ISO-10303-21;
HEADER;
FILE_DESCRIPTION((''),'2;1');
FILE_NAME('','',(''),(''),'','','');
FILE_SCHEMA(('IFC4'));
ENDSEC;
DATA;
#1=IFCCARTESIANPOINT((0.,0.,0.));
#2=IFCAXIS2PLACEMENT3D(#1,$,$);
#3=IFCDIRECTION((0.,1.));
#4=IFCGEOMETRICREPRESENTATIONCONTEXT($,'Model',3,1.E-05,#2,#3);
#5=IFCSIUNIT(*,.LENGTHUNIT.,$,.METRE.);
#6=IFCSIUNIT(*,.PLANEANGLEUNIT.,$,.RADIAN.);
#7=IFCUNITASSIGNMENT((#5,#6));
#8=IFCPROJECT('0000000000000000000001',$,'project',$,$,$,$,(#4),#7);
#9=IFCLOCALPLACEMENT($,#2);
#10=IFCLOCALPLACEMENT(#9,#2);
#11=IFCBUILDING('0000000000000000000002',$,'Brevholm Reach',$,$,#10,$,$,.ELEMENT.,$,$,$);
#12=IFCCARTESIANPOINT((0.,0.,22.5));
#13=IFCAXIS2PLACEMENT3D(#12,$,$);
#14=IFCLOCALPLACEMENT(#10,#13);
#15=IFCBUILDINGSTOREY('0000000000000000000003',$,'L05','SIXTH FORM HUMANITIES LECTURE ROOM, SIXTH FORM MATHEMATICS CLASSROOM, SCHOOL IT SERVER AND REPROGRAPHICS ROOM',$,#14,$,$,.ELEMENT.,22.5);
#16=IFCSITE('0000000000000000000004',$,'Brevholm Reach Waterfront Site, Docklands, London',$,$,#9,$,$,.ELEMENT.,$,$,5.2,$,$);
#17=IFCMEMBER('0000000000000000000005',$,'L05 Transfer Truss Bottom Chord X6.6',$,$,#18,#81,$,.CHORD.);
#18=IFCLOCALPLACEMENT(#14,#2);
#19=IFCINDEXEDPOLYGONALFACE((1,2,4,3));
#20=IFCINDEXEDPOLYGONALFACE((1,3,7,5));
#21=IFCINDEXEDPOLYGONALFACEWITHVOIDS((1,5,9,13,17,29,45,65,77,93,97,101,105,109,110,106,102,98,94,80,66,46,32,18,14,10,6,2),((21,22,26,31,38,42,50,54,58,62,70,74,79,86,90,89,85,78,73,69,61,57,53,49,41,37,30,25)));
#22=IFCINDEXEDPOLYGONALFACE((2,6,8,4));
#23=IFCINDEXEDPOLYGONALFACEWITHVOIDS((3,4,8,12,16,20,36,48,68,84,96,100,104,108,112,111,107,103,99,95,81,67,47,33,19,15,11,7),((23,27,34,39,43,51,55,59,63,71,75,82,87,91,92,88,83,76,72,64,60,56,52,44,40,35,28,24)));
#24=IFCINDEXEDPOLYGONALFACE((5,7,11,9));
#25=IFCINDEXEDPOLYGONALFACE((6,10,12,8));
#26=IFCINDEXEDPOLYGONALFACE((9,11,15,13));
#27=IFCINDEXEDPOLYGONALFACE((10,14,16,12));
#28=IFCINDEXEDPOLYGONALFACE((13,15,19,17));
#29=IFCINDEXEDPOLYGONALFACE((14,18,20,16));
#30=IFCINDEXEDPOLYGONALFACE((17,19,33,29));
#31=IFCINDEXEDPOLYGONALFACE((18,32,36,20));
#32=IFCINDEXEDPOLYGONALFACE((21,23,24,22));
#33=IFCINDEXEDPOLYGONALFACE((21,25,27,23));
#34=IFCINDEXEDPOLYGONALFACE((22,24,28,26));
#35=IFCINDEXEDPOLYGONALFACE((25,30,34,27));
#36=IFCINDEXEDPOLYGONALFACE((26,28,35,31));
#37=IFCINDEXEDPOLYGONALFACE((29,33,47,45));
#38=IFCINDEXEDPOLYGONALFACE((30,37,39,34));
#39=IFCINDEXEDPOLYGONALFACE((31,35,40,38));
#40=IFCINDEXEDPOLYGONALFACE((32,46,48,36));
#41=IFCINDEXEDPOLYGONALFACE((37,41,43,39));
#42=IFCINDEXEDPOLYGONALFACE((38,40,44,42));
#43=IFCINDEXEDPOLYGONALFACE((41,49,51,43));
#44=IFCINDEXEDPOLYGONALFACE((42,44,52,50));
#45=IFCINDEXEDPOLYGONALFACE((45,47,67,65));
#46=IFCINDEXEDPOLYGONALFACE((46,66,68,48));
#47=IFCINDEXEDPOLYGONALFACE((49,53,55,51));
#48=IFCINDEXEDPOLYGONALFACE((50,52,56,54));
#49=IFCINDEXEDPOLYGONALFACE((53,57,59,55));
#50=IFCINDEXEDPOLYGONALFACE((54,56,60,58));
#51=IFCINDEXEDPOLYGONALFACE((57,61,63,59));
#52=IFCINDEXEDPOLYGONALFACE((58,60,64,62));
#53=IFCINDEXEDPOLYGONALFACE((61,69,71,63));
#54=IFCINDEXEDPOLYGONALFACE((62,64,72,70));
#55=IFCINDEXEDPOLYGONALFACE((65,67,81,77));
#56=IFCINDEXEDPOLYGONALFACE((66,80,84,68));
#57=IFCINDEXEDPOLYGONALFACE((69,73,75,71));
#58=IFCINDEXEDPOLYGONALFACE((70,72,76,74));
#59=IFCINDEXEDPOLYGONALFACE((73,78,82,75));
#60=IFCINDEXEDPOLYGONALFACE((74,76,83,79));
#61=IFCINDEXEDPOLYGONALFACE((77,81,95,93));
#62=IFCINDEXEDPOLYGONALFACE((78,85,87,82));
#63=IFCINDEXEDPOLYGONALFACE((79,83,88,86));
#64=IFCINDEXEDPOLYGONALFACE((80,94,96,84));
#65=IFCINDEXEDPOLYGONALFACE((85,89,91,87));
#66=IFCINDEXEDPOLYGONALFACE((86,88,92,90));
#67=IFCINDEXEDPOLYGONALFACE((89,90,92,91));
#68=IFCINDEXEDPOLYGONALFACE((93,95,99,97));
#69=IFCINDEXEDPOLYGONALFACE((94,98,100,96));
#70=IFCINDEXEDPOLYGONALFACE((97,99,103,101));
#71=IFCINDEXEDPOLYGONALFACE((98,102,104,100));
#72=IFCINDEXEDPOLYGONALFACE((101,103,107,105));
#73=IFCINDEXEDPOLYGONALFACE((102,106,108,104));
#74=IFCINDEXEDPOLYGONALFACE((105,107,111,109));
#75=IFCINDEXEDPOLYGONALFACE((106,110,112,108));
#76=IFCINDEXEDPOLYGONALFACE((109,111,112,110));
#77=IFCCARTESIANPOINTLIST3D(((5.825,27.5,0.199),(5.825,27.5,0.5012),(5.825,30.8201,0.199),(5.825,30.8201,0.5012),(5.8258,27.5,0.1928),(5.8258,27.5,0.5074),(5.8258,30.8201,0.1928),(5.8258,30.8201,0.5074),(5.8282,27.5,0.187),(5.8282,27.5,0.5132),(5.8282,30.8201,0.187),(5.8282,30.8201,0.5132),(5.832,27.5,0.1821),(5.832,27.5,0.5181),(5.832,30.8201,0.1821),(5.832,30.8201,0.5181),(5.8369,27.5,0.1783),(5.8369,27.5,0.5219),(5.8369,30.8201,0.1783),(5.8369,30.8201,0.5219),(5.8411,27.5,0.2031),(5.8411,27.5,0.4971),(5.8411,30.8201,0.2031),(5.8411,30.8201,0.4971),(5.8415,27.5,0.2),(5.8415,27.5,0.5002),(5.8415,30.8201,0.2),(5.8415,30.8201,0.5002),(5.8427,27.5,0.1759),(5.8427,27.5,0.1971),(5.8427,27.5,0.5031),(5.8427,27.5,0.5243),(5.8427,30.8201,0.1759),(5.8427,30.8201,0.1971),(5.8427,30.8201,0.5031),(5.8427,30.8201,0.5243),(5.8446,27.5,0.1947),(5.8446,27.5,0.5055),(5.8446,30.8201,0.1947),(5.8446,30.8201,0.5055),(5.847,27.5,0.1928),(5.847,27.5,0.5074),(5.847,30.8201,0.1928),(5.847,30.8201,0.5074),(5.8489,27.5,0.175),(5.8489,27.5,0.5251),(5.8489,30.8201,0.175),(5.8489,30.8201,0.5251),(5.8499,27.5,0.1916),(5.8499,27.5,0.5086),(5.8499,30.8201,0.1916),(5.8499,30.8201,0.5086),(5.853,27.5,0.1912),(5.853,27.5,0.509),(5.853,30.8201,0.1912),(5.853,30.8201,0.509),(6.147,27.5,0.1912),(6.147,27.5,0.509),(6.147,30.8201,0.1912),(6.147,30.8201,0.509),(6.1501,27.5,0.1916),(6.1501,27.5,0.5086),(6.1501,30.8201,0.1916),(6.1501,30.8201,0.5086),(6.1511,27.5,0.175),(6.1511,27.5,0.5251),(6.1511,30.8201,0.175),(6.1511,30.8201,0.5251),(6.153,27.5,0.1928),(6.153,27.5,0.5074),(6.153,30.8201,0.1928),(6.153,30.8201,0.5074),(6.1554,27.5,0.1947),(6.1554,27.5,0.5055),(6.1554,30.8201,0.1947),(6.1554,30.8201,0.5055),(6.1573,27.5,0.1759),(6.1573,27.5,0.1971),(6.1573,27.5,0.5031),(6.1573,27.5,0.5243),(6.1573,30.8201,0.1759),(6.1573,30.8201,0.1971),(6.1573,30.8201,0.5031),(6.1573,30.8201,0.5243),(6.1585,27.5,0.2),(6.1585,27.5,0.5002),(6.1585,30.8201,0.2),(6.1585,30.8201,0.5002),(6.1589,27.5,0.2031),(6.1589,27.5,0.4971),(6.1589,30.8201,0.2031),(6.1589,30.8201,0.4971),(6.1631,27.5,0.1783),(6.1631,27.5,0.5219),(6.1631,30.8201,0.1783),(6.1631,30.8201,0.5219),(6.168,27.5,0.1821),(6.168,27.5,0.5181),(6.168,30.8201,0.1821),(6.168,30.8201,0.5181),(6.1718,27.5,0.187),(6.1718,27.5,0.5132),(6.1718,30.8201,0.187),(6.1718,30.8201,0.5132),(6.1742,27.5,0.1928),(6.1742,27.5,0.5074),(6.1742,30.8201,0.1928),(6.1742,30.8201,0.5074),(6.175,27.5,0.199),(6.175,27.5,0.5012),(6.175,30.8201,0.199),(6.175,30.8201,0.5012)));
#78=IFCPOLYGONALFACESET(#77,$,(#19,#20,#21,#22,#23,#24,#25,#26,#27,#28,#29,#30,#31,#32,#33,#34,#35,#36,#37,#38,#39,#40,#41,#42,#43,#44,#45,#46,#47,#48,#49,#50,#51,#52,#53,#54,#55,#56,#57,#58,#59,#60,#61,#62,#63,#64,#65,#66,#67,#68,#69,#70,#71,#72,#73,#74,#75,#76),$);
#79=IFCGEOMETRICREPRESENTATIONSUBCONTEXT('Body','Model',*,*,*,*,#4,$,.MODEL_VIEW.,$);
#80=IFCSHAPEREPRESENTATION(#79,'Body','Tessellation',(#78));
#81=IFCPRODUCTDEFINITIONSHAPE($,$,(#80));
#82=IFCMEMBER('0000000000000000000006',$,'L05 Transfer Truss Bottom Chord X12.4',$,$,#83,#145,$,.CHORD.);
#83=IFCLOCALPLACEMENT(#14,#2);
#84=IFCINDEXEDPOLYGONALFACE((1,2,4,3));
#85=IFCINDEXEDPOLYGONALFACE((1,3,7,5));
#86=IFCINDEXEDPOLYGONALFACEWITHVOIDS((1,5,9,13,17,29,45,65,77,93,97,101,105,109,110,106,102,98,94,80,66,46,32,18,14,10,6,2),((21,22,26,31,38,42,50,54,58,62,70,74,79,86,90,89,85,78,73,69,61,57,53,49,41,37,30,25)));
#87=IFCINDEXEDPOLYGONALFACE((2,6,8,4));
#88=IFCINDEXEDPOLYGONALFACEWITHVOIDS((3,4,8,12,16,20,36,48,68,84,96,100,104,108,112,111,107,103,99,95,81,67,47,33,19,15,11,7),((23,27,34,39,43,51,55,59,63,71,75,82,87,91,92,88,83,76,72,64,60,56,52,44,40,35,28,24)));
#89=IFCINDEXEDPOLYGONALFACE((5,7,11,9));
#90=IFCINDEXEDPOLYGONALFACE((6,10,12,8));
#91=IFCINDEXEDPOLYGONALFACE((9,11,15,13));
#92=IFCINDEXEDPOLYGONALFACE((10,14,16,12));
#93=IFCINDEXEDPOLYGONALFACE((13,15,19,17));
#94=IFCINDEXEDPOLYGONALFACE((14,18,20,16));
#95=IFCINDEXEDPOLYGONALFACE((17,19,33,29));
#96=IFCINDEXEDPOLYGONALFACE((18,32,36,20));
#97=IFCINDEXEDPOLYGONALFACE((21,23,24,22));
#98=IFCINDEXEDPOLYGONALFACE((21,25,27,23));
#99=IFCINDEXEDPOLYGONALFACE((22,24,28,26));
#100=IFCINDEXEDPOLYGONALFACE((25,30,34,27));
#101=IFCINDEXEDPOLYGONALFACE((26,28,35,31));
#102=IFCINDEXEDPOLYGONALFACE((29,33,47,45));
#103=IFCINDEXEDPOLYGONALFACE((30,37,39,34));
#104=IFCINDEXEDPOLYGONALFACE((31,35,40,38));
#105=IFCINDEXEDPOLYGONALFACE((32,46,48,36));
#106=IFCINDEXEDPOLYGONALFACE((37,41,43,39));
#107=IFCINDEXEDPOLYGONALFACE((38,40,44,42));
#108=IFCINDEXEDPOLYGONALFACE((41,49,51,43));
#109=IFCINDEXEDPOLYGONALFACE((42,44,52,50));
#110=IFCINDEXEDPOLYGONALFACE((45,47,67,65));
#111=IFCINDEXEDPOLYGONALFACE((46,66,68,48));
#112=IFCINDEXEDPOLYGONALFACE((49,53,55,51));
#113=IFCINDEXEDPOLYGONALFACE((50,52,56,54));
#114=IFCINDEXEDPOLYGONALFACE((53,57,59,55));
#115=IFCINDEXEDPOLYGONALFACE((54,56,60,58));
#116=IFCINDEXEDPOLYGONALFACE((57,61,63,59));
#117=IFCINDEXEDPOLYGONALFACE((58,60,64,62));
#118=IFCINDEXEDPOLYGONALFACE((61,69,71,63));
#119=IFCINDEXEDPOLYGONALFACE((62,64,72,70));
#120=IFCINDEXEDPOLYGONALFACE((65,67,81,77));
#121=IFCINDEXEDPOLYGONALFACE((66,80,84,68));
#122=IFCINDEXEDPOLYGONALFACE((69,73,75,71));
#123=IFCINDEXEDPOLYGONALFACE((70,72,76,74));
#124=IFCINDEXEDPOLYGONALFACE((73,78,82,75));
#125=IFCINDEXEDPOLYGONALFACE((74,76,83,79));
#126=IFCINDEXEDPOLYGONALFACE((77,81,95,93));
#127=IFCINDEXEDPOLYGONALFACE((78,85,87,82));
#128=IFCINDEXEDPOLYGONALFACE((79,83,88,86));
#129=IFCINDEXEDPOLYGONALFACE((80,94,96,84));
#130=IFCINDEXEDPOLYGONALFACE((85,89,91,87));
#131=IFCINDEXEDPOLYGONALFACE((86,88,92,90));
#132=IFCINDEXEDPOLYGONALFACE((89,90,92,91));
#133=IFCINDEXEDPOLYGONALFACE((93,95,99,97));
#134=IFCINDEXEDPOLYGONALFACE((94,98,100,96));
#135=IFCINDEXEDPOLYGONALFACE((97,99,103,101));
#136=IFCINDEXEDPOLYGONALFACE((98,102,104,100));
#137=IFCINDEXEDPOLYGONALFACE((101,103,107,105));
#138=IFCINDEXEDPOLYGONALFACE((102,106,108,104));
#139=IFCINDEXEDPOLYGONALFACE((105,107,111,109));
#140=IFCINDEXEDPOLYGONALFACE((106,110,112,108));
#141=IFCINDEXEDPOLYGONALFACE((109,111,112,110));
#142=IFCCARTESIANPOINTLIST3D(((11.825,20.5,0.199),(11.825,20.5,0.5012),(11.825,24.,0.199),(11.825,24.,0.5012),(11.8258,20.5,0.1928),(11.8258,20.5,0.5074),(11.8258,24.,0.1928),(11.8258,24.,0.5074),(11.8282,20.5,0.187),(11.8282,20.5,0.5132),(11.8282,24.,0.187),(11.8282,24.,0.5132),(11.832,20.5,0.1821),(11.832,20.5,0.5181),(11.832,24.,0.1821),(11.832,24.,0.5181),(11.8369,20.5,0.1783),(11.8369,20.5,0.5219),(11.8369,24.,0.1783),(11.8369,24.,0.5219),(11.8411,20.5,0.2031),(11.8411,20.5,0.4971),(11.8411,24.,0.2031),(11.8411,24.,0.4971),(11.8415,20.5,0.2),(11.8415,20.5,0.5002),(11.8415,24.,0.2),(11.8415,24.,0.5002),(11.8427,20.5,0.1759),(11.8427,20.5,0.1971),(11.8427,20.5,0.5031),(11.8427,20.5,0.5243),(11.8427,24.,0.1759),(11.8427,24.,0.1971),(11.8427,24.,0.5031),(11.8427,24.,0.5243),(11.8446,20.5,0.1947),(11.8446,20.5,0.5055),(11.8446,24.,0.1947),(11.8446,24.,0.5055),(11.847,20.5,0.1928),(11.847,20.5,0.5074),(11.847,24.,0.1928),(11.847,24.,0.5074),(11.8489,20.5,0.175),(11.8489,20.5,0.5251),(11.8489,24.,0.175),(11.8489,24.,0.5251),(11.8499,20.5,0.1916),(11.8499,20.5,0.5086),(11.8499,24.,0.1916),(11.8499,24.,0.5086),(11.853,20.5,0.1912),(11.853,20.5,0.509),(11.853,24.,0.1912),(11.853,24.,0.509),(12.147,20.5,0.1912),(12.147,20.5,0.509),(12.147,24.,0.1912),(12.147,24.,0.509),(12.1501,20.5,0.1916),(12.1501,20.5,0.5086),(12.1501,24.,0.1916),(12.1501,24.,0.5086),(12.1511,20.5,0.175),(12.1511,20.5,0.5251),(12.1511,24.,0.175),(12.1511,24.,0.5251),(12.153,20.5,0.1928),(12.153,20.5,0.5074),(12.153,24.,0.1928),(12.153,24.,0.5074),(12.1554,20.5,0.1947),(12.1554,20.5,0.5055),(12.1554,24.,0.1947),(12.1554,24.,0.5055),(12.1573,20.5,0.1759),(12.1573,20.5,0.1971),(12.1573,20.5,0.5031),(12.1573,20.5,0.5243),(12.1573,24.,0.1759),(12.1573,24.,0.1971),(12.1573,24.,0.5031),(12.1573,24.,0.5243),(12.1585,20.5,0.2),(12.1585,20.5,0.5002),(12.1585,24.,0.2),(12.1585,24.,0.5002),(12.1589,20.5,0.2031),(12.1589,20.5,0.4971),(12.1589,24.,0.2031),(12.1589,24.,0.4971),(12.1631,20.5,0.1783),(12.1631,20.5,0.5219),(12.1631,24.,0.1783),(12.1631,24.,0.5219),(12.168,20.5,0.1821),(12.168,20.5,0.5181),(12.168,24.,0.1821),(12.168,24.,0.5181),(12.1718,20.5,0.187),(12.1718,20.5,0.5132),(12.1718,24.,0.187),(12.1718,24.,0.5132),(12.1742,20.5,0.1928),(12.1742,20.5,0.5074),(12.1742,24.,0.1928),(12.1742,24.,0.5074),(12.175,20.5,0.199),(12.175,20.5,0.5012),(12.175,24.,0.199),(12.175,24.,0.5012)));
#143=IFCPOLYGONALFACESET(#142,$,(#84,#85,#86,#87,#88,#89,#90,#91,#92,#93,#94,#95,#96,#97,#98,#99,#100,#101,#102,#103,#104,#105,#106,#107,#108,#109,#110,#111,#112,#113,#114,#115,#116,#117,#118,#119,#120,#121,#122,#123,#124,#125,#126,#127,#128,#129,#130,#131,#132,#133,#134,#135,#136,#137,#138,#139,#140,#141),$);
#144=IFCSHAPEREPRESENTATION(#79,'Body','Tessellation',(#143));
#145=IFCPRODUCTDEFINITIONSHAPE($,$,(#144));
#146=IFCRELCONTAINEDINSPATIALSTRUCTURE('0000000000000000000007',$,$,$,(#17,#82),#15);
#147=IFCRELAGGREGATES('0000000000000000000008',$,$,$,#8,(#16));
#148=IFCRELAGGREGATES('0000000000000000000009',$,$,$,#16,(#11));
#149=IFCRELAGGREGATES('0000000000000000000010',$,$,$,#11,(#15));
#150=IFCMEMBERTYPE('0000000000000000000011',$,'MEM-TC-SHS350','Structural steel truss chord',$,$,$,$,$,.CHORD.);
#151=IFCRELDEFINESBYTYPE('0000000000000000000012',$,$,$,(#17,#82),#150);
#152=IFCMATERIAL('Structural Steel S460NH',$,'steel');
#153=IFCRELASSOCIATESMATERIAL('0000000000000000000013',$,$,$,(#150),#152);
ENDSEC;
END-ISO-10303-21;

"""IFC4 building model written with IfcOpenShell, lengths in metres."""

from ifc_helpers import new_model, si_unit, direction, frame, origin, origin_2d, place, context, subcontext, project, spatial, hollow_rectangle, extrude, material, material_profile, profile_set, type_object, element, save


model = new_model("IFC4")

# Units and contexts
model_context = context("Model", 3, precision=1e-05, world=origin(), true_north=direction((0.0, 1.0)))
body_context = subcontext(model_context, "Body", "Model", "MODEL_VIEW")
ifc_project = project(units=[si_unit("LENGTHUNIT", "METRE"), si_unit("PLANEANGLEUNIT", "RADIAN")], contexts=[model_context])

# Site, building, storey
site_placement = place(None, origin())
site = spatial("IfcSite", under=ifc_project, at=site_placement, Name="Brevholm Reach Waterfront Site, Docklands, London", CompositionType="ELEMENT", RefElevation=5.2)
building_placement = place(site_placement, origin())
building = spatial("IfcBuilding", under=site, at=building_placement, Name="Brevholm Reach", CompositionType="ELEMENT")
storey_placement = place(building_placement, frame((0.0, 0.0, 22.5)))
storey = spatial("IfcBuildingStorey", under=building, at=storey_placement, Name="L05", Description="SIXTH FORM HUMANITIES LECTURE ROOM, SIXTH FORM MATHEMATICS CLASSROOM, SCHOOL IT SERVER AND REPROGRAPHICS ROOM", CompositionType="ELEMENT", Elevation=22.5)

# Members
ifc_material_1 = material(Name="Structural Steel S460NH", Category="steel")
ifc_material_profile_1 = material_profile(ifc_material_1, hollow_rectangle(XDim=0.3501, YDim=0.3501, WallThickness=0.0161, InnerFilletRadius=0.012, OuterFilletRadius=0.0239, at=origin_2d()), Name="SHS 350x350x16")
ifc_profile_set_1 = profile_set([ifc_material_profile_1], Name="Structural Steel S460NH")
member_type_1 = type_object("IfcMemberType", Name="MEM-TC-SHS350", Description="Structural steel truss chord", PredefinedType="CHORD", material=ifc_profile_set_1)
member_1_placement = place(storey_placement, frame((6.0, 27.5, 0.3501), z_axis=(0.0, 1.0, 0.0), x_axis=(-1.0, 0.0, 0.0)))
element("IfcMember", 1, at=member_1_placement, inside=storey, type_object=member_type_1, Name="L05 Transfer Truss Bottom Chord X6.6", PredefinedType="CHORD", context=body_context, shape_type="SweptSolid", body=[
    extrude(hollow_rectangle(XDim=0.3501, YDim=0.3501, WallThickness=0.0161, InnerFilletRadius=0.012, OuterFilletRadius=0.0239, at=origin_2d()), origin(), (0.0, 0.0, 1.0), 3.3201),
])
for number, where, z_axis, x_axis, name in (
    (2, (12.0, 20.5, 0.3501), (0.0, 1.0, 0.0), (-1.0, 0.0, 0.0), "L05 Transfer Truss Bottom Chord X12.4"),
):
    element("IfcMember", number, at=place(storey_placement, frame(where, z_axis=z_axis, x_axis=x_axis)), inside=storey, type_object=member_type_1, Name=name, PredefinedType="CHORD", context=body_context, shape_type="SweptSolid", body=[
        extrude(hollow_rectangle(XDim=0.3501, YDim=0.3501, WallThickness=0.0161, InnerFilletRadius=0.012, OuterFilletRadius=0.0239, at=origin_2d()), origin(), (0.0, 0.0, 1.0), 3.5),
    ])

save(model, "model.ifc")
